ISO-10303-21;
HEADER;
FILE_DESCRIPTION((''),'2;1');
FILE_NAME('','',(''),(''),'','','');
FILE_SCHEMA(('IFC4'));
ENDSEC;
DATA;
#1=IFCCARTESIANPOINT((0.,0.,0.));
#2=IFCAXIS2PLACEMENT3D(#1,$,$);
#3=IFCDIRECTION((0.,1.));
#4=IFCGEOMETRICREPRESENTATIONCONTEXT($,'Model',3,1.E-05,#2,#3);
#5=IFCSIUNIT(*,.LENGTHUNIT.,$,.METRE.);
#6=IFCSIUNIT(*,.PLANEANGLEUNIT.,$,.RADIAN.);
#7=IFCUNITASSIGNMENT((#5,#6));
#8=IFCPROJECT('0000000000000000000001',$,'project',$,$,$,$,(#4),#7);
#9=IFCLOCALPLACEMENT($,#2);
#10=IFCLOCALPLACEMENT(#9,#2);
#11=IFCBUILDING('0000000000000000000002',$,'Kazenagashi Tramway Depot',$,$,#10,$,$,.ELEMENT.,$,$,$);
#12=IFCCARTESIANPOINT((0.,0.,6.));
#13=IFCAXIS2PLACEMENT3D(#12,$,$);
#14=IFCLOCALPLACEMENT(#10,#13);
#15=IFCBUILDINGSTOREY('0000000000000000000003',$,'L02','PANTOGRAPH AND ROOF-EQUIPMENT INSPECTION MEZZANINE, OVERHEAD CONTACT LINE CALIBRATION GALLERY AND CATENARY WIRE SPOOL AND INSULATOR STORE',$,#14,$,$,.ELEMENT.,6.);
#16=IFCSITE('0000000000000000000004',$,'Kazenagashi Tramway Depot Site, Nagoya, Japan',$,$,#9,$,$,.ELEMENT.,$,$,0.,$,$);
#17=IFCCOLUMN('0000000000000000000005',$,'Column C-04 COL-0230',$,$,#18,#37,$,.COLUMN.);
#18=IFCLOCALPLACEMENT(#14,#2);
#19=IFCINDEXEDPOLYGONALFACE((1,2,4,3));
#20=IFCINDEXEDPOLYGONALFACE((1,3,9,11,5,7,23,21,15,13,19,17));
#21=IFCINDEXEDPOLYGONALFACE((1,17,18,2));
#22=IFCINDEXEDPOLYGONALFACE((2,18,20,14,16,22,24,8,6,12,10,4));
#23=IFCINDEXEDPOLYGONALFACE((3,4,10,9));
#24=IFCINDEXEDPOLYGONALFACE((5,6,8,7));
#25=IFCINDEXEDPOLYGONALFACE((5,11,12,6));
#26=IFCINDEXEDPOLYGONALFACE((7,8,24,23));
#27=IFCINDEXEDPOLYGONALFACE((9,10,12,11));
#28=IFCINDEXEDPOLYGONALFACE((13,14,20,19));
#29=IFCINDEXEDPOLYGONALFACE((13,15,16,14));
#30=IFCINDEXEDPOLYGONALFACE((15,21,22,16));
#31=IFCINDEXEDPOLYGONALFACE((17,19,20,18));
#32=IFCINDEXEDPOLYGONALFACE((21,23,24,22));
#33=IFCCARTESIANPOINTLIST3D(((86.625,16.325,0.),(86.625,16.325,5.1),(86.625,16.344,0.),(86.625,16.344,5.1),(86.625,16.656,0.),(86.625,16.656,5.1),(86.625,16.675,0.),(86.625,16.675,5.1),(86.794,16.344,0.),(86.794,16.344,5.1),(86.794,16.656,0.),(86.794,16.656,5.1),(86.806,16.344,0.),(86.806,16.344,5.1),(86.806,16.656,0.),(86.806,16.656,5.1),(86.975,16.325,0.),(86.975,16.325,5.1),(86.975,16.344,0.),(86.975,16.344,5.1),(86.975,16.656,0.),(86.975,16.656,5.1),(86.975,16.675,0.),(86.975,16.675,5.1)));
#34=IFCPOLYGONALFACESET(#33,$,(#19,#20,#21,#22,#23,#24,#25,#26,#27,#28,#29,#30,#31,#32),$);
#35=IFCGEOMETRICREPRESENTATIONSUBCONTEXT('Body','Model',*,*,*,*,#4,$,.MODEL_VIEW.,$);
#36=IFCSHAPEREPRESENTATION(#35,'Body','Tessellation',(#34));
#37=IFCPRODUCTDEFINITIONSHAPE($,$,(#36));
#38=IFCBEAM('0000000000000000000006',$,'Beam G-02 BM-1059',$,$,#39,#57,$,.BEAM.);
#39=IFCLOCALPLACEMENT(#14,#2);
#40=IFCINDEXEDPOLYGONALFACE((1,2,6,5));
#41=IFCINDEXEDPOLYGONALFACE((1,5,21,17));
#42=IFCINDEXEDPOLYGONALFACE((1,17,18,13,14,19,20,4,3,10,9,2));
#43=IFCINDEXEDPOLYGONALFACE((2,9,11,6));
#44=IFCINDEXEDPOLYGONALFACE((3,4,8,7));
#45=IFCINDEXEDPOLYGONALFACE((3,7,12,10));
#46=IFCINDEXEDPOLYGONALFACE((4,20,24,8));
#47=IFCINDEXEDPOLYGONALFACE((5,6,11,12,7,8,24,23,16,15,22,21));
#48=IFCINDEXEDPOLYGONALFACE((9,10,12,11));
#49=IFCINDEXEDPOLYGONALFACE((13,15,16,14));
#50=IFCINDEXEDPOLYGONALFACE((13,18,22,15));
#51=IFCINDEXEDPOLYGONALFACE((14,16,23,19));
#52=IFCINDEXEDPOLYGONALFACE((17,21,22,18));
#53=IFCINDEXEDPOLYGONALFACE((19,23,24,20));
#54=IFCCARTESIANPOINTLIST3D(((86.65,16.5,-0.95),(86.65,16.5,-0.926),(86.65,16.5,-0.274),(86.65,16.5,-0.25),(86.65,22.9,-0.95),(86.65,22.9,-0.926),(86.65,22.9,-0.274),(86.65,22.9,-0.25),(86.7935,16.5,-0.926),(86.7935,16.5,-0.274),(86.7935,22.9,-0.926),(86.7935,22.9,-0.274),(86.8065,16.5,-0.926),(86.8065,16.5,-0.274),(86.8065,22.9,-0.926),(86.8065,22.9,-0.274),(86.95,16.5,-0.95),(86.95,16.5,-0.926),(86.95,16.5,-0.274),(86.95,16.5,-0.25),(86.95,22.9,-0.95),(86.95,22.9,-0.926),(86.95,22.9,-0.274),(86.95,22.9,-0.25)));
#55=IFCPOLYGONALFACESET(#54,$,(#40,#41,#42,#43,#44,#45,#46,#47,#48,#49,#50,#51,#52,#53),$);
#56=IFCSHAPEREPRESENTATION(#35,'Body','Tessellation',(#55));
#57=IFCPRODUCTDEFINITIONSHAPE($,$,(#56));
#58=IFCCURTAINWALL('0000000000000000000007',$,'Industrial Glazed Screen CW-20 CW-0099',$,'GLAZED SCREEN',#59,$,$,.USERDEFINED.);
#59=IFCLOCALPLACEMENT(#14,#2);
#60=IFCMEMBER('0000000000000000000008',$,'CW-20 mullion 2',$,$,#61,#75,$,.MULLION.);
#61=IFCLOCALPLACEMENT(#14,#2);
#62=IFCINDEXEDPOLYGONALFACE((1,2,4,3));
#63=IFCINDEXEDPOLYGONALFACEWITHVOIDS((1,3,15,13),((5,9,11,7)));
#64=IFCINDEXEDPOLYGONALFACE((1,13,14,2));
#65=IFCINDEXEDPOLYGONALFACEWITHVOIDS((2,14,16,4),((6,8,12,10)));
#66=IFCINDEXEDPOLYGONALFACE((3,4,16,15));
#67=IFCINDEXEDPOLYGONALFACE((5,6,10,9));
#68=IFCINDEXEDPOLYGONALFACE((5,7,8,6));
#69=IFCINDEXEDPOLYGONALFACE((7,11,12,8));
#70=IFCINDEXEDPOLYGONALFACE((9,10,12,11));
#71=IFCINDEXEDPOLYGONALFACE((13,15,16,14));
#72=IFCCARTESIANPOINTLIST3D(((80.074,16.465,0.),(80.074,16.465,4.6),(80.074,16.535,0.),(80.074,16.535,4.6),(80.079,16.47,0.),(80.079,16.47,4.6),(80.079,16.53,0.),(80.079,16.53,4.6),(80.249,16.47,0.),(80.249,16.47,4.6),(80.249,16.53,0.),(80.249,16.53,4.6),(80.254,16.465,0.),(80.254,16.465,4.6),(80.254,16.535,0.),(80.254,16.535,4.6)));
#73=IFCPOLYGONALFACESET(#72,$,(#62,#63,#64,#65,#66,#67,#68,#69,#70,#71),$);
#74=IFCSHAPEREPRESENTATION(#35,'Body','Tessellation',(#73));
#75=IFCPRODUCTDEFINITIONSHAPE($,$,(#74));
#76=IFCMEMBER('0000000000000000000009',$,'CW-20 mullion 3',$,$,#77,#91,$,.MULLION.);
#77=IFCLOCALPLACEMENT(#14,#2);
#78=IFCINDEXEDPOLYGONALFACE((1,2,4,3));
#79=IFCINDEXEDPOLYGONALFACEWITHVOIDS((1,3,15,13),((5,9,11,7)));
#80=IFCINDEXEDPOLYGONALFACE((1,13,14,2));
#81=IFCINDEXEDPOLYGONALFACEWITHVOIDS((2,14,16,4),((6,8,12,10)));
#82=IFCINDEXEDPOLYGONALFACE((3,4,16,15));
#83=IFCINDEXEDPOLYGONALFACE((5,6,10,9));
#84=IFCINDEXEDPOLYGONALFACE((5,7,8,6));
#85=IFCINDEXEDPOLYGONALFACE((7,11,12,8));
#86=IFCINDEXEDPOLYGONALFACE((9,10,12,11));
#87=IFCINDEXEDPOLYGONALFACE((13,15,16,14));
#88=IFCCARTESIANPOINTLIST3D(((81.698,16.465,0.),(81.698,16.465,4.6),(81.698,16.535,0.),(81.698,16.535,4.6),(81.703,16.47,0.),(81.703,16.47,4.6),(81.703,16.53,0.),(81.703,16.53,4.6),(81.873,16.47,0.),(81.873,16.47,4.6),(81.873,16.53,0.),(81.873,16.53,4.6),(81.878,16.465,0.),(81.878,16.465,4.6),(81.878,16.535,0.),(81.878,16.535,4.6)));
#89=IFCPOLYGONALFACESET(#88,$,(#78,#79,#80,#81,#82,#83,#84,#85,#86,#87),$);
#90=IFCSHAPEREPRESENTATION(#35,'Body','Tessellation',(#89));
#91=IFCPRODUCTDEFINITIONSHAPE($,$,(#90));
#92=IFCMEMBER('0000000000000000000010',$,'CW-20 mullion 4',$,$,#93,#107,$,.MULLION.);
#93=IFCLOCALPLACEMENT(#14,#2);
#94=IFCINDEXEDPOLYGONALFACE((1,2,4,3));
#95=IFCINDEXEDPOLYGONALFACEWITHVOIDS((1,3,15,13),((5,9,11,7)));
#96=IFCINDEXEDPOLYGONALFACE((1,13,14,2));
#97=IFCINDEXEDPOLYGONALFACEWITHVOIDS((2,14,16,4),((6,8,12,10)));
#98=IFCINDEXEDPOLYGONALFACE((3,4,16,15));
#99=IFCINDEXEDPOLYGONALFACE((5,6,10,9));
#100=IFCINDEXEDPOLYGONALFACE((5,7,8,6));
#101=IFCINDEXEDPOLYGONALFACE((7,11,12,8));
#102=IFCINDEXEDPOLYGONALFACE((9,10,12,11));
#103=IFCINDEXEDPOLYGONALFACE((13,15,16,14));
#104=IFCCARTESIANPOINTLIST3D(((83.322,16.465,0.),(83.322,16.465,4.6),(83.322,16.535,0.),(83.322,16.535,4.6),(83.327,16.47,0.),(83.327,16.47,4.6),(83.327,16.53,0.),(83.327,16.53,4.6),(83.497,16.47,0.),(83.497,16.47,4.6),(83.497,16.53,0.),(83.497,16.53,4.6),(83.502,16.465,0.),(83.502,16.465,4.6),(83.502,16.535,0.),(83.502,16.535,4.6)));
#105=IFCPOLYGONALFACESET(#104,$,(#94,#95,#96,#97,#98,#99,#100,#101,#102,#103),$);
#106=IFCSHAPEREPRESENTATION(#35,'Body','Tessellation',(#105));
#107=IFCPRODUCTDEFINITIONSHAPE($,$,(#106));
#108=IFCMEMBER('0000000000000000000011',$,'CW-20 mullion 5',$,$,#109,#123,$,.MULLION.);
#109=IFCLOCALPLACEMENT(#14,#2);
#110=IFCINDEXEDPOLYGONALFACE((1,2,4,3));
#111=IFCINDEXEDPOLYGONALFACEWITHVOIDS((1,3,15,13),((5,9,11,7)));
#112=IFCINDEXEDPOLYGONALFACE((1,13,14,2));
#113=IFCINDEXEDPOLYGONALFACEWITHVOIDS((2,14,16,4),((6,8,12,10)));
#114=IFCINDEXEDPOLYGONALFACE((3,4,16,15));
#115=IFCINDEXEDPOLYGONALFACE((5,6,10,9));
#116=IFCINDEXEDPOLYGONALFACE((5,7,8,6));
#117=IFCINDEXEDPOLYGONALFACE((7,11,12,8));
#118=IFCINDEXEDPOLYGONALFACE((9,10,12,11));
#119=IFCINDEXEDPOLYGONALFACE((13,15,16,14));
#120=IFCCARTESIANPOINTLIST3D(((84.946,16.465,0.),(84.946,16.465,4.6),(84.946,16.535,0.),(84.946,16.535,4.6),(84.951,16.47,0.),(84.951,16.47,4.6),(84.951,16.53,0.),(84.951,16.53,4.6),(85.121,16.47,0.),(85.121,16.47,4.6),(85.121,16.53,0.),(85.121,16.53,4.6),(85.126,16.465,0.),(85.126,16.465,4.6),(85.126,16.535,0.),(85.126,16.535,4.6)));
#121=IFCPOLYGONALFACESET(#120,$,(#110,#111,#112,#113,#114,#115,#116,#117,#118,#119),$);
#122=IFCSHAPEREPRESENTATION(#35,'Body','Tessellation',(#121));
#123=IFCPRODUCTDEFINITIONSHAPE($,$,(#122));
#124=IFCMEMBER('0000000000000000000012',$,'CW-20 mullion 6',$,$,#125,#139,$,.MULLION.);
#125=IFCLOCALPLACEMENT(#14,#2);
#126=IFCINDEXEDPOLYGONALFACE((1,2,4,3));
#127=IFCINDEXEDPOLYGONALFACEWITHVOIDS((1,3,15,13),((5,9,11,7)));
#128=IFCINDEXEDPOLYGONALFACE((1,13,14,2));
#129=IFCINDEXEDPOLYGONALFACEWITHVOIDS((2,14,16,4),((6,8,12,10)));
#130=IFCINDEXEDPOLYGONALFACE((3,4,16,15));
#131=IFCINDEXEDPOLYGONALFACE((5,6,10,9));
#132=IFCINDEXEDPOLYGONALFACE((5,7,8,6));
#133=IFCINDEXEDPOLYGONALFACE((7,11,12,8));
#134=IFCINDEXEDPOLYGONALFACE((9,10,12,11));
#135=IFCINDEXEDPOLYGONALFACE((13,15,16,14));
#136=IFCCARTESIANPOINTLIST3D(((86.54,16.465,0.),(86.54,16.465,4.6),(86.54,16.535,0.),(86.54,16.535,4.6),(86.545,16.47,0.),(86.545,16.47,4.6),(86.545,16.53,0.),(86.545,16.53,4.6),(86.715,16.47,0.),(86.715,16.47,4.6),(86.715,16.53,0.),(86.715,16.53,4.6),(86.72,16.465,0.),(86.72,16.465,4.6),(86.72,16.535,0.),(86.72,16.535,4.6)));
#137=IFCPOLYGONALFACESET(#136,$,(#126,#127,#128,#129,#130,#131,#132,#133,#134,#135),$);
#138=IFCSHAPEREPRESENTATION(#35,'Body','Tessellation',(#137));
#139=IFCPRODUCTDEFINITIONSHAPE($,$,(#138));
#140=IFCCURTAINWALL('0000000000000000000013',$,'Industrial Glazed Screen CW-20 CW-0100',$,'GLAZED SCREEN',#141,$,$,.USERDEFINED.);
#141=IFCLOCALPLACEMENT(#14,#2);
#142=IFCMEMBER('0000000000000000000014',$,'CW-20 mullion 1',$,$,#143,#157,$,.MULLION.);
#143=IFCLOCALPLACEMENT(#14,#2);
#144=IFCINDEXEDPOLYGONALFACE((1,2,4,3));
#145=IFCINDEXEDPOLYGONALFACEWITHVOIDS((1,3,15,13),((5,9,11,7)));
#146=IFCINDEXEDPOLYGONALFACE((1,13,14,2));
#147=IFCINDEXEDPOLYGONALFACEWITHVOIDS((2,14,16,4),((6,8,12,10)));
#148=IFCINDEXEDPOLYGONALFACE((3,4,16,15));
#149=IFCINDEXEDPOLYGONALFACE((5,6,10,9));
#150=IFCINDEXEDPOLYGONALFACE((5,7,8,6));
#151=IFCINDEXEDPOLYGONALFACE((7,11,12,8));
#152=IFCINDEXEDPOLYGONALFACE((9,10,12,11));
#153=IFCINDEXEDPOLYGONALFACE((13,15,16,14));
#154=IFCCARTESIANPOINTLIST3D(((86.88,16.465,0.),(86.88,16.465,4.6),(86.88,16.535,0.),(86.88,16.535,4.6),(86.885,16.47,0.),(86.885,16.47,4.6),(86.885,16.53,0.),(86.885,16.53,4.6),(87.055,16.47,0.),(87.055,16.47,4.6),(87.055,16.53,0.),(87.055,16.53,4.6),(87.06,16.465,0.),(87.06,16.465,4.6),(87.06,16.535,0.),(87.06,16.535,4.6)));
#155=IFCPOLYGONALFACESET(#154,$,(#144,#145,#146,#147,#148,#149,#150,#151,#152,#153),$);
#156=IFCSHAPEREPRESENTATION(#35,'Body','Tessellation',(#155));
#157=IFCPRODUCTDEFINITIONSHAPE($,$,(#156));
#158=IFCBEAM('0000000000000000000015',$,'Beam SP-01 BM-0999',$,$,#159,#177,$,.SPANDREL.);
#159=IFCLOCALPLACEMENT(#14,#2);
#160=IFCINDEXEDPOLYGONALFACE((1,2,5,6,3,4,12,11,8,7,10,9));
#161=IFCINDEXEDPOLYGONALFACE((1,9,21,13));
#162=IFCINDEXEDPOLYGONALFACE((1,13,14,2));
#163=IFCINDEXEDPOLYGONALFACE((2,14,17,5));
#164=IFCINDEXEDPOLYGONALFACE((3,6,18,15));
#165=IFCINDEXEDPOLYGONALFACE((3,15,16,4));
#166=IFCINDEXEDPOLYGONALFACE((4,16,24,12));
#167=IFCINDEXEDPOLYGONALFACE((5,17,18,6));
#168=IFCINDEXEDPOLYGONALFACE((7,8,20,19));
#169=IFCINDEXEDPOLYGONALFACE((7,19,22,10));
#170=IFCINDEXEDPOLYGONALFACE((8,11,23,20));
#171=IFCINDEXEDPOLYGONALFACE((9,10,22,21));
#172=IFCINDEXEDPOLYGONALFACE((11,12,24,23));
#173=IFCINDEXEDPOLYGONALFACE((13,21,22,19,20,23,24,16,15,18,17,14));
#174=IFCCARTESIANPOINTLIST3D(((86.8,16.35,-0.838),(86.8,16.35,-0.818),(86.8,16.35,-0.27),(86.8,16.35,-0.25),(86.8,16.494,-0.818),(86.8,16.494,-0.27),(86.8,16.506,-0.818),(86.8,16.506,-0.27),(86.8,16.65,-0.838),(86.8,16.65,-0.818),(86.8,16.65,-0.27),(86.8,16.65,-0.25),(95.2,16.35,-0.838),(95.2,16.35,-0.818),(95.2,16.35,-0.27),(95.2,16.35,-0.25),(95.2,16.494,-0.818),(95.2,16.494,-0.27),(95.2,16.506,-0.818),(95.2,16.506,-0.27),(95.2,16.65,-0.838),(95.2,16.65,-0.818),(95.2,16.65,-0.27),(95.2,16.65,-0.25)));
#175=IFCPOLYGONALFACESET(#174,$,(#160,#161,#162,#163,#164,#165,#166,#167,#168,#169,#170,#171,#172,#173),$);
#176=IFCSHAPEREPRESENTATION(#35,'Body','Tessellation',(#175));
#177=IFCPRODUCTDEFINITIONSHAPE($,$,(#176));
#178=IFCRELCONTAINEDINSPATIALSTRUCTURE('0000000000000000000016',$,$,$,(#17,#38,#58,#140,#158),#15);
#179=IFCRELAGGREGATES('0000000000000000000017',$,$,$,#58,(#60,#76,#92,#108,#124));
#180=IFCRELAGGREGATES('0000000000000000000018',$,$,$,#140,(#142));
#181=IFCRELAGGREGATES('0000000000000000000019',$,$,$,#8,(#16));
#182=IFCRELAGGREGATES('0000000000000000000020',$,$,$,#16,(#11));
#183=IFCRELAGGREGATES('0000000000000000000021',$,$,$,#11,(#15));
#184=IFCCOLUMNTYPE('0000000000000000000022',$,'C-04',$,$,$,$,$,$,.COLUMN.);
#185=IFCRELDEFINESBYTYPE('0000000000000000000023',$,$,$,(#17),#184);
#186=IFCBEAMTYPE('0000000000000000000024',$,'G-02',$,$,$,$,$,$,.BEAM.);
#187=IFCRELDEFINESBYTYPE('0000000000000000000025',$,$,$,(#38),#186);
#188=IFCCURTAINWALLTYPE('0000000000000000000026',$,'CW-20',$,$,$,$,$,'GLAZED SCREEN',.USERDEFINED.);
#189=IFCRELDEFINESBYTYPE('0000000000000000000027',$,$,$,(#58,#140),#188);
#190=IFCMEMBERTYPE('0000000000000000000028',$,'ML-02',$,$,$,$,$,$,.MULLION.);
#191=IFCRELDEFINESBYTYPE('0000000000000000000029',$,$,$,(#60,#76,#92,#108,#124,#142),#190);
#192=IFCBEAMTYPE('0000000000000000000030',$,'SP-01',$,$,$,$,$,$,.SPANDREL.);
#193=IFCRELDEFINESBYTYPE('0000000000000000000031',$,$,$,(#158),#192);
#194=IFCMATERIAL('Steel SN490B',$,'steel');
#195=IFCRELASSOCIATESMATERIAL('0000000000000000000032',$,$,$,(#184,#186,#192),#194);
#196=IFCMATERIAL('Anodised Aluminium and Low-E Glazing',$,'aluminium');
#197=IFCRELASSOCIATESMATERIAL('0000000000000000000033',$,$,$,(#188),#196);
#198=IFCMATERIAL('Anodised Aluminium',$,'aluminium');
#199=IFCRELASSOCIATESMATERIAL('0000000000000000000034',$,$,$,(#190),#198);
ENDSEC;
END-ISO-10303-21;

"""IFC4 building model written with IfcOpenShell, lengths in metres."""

from ifc_helpers import new_model, si_unit, direction, frame, origin, origin_2d, place, context, subcontext, project, spatial, hollow_rectangle, i_section, extrude, material, material_profile, profile_set, type_object, element, aggregate, save


model = new_model("IFC4")

# Units and contexts
model_context = context("Model", 3, precision=1e-05, world=origin(), true_north=direction((0.0, 1.0)))
body_context = subcontext(model_context, "Body", "Model", "MODEL_VIEW")
ifc_project = project(units=[si_unit("LENGTHUNIT", "METRE"), si_unit("PLANEANGLEUNIT", "RADIAN")], contexts=[model_context])

# Site, building, storey
site_placement = place(None, origin())
site = spatial("IfcSite", under=ifc_project, at=site_placement, Name="Kazenagashi Tramway Depot Site, Nagoya, Japan", CompositionType="ELEMENT", RefElevation=0.0)
building_placement = place(site_placement, origin())
building = spatial("IfcBuilding", under=site, at=building_placement, Name="Kazenagashi Tramway Depot", CompositionType="ELEMENT")
storey_placement = place(building_placement, frame((0.0, 0.0, 6.0)))
storey = spatial("IfcBuildingStorey", under=building, at=storey_placement, Name="L02", Description="PANTOGRAPH AND ROOF-EQUIPMENT INSPECTION MEZZANINE, OVERHEAD CONTACT LINE CALIBRATION GALLERY AND CATENARY WIRE SPOOL AND INSULATOR STORE", CompositionType="ELEMENT", Elevation=6.0)

# Column
ifc_material_1 = material(Name="Steel SN490B", Category="steel")
ifc_material_profile_1 = material_profile(ifc_material_1, i_section(OverallWidth=0.35, OverallDepth=0.35, WebThickness=0.012, FlangeThickness=0.019, at=origin_2d()), Name="H-350x350x12x19")
ifc_profile_set_1 = profile_set([ifc_material_profile_1], Name="Steel SN490B")
column_type = type_object("IfcColumnType", Name="C-04", PredefinedType="COLUMN", material=ifc_profile_set_1)
column_placement = place(storey_placement, frame((86.8, 16.5, 0.0), z_axis=(0.0, 0.0, 1.0), x_axis=(1.0, 0.0, 0.0)))
element("IfcColumn", 1, at=column_placement, inside=storey, type_object=column_type, Name="Column C-04 COL-0230", PredefinedType="COLUMN", context=body_context, shape_type="SweptSolid", body=[
    extrude(i_section(OverallWidth=0.35, OverallDepth=0.35, WebThickness=0.012, FlangeThickness=0.019, at=origin_2d()), origin(), (0.0, 0.0, 1.0), 5.1),
])

# Beam
ifc_material_profile_2 = material_profile(ifc_material_1, i_section(OverallWidth=0.3, OverallDepth=0.7, WebThickness=0.013, FlangeThickness=0.024, at=origin_2d()), Name="H-700x300x13x24")
ifc_profile_set_2 = profile_set([ifc_material_profile_2], Name="Steel SN490B")
beam_type_1 = type_object("IfcBeamType", Name="G-02", PredefinedType="BEAM", material=ifc_profile_set_2)
beam_1_placement = place(storey_placement, frame((86.8, 16.5, -0.6), z_axis=(0.0, 1.0, 0.0), x_axis=(-1.0, 0.0, 0.0)))
element("IfcBeam", 2, at=beam_1_placement, inside=storey, type_object=beam_type_1, Name="Beam G-02 BM-1059", PredefinedType="BEAM", context=body_context, shape_type="SweptSolid", body=[
    extrude(i_section(OverallWidth=0.3, OverallDepth=0.7, WebThickness=0.013, FlangeThickness=0.024, at=origin_2d()), origin(), (0.0, 0.0, 1.0), 6.4),
])

# Curtain wall, members
ifc_material_2 = material(Name="Anodised Aluminium and Low-E Glazing", Category="aluminium")
curtain_wall_type = type_object("IfcCurtainWallType", Name="CW-20", ElementType="GLAZED SCREEN", PredefinedType="USERDEFINED", material=ifc_material_2)
curtain_wall_1_placement = place(storey_placement, origin())
curtain_wall_1 = element("IfcCurtainWall", 3, at=curtain_wall_1_placement, inside=storey, type_object=curtain_wall_type, Name="Industrial Glazed Screen CW-20 CW-0099", ObjectType="GLAZED SCREEN", PredefinedType="USERDEFINED")
ifc_material_3 = material(Name="Anodised Aluminium", Category="aluminium")
ifc_material_profile_3 = material_profile(ifc_material_3, hollow_rectangle(XDim=0.07, YDim=0.18, WallThickness=0.005, at=origin_2d()), Name="RHS-180x70x5")
ifc_profile_set_3 = profile_set([ifc_material_profile_3], Name="Anodised Aluminium")
member_type_1 = type_object("IfcMemberType", Name="ML-02", PredefinedType="MULLION", material=ifc_profile_set_3)
member_1_placement = place(storey_placement, frame((80.164, 16.5, 0.0), z_axis=(0.0, 0.0, 1.0), x_axis=(0.0, 1.0, 0.0)))
member_1 = element("IfcMember", 4, at=member_1_placement, type_object=member_type_1, Name="CW-20 mullion 2", PredefinedType="MULLION", context=body_context, shape_type="SweptSolid", body=[
    extrude(hollow_rectangle(XDim=0.07, YDim=0.18, WallThickness=0.005, at=origin_2d()), origin(), (0.0, 0.0, 1.0), 4.6),
])
member_2_placement = place(storey_placement, frame((81.788, 16.5, 0.0), z_axis=(0.0, 0.0, 1.0), x_axis=(0.0, 1.0, 0.0)))
member_2 = element("IfcMember", 5, at=member_2_placement, type_object=member_type_1, Name="CW-20 mullion 3", PredefinedType="MULLION", context=body_context, shape_type="SweptSolid", body=[
    extrude(hollow_rectangle(XDim=0.07, YDim=0.18, WallThickness=0.005, at=origin_2d()), origin(), (0.0, 0.0, 1.0), 4.6),
])
member_3_placement = place(storey_placement, frame((83.412, 16.5, 0.0), z_axis=(0.0, 0.0, 1.0), x_axis=(0.0, 1.0, 0.0)))
member_3 = element("IfcMember", 6, at=member_3_placement, type_object=member_type_1, Name="CW-20 mullion 4", PredefinedType="MULLION", context=body_context, shape_type="SweptSolid", body=[
    extrude(hollow_rectangle(XDim=0.07, YDim=0.18, WallThickness=0.005, at=origin_2d()), origin(), (0.0, 0.0, 1.0), 4.6),
])
member_4_placement = place(storey_placement, frame((85.036, 16.5, 0.0), z_axis=(0.0, 0.0, 1.0), x_axis=(0.0, 1.0, 0.0)))
member_4 = element("IfcMember", 7, at=member_4_placement, type_object=member_type_1, Name="CW-20 mullion 5", PredefinedType="MULLION", context=body_context, shape_type="SweptSolid", body=[
    extrude(hollow_rectangle(XDim=0.07, YDim=0.18, WallThickness=0.005, at=origin_2d()), origin(), (0.0, 0.0, 1.0), 4.6),
])
member_5_placement = place(storey_placement, frame((86.63, 16.5, 0.0), z_axis=(0.0, 0.0, 1.0), x_axis=(0.0, 1.0, 0.0)))
member_5 = element("IfcMember", 8, at=member_5_placement, type_object=member_type_1, Name="CW-20 mullion 6", PredefinedType="MULLION", context=body_context, shape_type="SweptSolid", body=[
    extrude(hollow_rectangle(XDim=0.07, YDim=0.18, WallThickness=0.005, at=origin_2d()), origin(), (0.0, 0.0, 1.0), 4.6),
])

# Curtain wall, member
curtain_wall_2_placement = place(storey_placement, origin())
curtain_wall_2 = element("IfcCurtainWall", 9, at=curtain_wall_2_placement, inside=storey, type_object=curtain_wall_type, Name="Industrial Glazed Screen CW-20 CW-0100", ObjectType="GLAZED SCREEN", PredefinedType="USERDEFINED")
member_6_placement = place(storey_placement, frame((86.97, 16.5, 0.0), z_axis=(0.0, 0.0, 1.0), x_axis=(0.0, 1.0, 0.0)))
member_6 = element("IfcMember", 10, at=member_6_placement, type_object=member_type_1, Name="CW-20 mullion 1", PredefinedType="MULLION", context=body_context, shape_type="SweptSolid", body=[
    extrude(hollow_rectangle(XDim=0.07, YDim=0.18, WallThickness=0.005, at=origin_2d()), origin(), (0.0, 0.0, 1.0), 4.6),
])

# Beam
ifc_material_profile_4 = material_profile(ifc_material_1, i_section(OverallWidth=0.3, OverallDepth=0.588, WebThickness=0.012, FlangeThickness=0.02, at=origin_2d()), Name="H-588x300x12x20")
ifc_profile_set_4 = profile_set([ifc_material_profile_4], Name="Steel SN490B")
beam_type_2 = type_object("IfcBeamType", Name="SP-01", PredefinedType="SPANDREL", material=ifc_profile_set_4)
beam_2_placement = place(storey_placement, frame((86.8, 16.5, -0.544), z_axis=(1.0, 0.0, 0.0), x_axis=(0.0, 1.0, 0.0)))
element("IfcBeam", 11, at=beam_2_placement, inside=storey, type_object=beam_type_2, Name="Beam SP-01 BM-0999", PredefinedType="SPANDREL", context=body_context, shape_type="SweptSolid", body=[
    extrude(i_section(OverallWidth=0.3, OverallDepth=0.588, WebThickness=0.012, FlangeThickness=0.02, at=origin_2d()), origin(), (0.0, 0.0, 1.0), 8.4),
])

aggregate(curtain_wall_1, [member_1, member_2, member_3, member_4, member_5])
aggregate(curtain_wall_2, [member_6])

save(model, "model.ifc")
